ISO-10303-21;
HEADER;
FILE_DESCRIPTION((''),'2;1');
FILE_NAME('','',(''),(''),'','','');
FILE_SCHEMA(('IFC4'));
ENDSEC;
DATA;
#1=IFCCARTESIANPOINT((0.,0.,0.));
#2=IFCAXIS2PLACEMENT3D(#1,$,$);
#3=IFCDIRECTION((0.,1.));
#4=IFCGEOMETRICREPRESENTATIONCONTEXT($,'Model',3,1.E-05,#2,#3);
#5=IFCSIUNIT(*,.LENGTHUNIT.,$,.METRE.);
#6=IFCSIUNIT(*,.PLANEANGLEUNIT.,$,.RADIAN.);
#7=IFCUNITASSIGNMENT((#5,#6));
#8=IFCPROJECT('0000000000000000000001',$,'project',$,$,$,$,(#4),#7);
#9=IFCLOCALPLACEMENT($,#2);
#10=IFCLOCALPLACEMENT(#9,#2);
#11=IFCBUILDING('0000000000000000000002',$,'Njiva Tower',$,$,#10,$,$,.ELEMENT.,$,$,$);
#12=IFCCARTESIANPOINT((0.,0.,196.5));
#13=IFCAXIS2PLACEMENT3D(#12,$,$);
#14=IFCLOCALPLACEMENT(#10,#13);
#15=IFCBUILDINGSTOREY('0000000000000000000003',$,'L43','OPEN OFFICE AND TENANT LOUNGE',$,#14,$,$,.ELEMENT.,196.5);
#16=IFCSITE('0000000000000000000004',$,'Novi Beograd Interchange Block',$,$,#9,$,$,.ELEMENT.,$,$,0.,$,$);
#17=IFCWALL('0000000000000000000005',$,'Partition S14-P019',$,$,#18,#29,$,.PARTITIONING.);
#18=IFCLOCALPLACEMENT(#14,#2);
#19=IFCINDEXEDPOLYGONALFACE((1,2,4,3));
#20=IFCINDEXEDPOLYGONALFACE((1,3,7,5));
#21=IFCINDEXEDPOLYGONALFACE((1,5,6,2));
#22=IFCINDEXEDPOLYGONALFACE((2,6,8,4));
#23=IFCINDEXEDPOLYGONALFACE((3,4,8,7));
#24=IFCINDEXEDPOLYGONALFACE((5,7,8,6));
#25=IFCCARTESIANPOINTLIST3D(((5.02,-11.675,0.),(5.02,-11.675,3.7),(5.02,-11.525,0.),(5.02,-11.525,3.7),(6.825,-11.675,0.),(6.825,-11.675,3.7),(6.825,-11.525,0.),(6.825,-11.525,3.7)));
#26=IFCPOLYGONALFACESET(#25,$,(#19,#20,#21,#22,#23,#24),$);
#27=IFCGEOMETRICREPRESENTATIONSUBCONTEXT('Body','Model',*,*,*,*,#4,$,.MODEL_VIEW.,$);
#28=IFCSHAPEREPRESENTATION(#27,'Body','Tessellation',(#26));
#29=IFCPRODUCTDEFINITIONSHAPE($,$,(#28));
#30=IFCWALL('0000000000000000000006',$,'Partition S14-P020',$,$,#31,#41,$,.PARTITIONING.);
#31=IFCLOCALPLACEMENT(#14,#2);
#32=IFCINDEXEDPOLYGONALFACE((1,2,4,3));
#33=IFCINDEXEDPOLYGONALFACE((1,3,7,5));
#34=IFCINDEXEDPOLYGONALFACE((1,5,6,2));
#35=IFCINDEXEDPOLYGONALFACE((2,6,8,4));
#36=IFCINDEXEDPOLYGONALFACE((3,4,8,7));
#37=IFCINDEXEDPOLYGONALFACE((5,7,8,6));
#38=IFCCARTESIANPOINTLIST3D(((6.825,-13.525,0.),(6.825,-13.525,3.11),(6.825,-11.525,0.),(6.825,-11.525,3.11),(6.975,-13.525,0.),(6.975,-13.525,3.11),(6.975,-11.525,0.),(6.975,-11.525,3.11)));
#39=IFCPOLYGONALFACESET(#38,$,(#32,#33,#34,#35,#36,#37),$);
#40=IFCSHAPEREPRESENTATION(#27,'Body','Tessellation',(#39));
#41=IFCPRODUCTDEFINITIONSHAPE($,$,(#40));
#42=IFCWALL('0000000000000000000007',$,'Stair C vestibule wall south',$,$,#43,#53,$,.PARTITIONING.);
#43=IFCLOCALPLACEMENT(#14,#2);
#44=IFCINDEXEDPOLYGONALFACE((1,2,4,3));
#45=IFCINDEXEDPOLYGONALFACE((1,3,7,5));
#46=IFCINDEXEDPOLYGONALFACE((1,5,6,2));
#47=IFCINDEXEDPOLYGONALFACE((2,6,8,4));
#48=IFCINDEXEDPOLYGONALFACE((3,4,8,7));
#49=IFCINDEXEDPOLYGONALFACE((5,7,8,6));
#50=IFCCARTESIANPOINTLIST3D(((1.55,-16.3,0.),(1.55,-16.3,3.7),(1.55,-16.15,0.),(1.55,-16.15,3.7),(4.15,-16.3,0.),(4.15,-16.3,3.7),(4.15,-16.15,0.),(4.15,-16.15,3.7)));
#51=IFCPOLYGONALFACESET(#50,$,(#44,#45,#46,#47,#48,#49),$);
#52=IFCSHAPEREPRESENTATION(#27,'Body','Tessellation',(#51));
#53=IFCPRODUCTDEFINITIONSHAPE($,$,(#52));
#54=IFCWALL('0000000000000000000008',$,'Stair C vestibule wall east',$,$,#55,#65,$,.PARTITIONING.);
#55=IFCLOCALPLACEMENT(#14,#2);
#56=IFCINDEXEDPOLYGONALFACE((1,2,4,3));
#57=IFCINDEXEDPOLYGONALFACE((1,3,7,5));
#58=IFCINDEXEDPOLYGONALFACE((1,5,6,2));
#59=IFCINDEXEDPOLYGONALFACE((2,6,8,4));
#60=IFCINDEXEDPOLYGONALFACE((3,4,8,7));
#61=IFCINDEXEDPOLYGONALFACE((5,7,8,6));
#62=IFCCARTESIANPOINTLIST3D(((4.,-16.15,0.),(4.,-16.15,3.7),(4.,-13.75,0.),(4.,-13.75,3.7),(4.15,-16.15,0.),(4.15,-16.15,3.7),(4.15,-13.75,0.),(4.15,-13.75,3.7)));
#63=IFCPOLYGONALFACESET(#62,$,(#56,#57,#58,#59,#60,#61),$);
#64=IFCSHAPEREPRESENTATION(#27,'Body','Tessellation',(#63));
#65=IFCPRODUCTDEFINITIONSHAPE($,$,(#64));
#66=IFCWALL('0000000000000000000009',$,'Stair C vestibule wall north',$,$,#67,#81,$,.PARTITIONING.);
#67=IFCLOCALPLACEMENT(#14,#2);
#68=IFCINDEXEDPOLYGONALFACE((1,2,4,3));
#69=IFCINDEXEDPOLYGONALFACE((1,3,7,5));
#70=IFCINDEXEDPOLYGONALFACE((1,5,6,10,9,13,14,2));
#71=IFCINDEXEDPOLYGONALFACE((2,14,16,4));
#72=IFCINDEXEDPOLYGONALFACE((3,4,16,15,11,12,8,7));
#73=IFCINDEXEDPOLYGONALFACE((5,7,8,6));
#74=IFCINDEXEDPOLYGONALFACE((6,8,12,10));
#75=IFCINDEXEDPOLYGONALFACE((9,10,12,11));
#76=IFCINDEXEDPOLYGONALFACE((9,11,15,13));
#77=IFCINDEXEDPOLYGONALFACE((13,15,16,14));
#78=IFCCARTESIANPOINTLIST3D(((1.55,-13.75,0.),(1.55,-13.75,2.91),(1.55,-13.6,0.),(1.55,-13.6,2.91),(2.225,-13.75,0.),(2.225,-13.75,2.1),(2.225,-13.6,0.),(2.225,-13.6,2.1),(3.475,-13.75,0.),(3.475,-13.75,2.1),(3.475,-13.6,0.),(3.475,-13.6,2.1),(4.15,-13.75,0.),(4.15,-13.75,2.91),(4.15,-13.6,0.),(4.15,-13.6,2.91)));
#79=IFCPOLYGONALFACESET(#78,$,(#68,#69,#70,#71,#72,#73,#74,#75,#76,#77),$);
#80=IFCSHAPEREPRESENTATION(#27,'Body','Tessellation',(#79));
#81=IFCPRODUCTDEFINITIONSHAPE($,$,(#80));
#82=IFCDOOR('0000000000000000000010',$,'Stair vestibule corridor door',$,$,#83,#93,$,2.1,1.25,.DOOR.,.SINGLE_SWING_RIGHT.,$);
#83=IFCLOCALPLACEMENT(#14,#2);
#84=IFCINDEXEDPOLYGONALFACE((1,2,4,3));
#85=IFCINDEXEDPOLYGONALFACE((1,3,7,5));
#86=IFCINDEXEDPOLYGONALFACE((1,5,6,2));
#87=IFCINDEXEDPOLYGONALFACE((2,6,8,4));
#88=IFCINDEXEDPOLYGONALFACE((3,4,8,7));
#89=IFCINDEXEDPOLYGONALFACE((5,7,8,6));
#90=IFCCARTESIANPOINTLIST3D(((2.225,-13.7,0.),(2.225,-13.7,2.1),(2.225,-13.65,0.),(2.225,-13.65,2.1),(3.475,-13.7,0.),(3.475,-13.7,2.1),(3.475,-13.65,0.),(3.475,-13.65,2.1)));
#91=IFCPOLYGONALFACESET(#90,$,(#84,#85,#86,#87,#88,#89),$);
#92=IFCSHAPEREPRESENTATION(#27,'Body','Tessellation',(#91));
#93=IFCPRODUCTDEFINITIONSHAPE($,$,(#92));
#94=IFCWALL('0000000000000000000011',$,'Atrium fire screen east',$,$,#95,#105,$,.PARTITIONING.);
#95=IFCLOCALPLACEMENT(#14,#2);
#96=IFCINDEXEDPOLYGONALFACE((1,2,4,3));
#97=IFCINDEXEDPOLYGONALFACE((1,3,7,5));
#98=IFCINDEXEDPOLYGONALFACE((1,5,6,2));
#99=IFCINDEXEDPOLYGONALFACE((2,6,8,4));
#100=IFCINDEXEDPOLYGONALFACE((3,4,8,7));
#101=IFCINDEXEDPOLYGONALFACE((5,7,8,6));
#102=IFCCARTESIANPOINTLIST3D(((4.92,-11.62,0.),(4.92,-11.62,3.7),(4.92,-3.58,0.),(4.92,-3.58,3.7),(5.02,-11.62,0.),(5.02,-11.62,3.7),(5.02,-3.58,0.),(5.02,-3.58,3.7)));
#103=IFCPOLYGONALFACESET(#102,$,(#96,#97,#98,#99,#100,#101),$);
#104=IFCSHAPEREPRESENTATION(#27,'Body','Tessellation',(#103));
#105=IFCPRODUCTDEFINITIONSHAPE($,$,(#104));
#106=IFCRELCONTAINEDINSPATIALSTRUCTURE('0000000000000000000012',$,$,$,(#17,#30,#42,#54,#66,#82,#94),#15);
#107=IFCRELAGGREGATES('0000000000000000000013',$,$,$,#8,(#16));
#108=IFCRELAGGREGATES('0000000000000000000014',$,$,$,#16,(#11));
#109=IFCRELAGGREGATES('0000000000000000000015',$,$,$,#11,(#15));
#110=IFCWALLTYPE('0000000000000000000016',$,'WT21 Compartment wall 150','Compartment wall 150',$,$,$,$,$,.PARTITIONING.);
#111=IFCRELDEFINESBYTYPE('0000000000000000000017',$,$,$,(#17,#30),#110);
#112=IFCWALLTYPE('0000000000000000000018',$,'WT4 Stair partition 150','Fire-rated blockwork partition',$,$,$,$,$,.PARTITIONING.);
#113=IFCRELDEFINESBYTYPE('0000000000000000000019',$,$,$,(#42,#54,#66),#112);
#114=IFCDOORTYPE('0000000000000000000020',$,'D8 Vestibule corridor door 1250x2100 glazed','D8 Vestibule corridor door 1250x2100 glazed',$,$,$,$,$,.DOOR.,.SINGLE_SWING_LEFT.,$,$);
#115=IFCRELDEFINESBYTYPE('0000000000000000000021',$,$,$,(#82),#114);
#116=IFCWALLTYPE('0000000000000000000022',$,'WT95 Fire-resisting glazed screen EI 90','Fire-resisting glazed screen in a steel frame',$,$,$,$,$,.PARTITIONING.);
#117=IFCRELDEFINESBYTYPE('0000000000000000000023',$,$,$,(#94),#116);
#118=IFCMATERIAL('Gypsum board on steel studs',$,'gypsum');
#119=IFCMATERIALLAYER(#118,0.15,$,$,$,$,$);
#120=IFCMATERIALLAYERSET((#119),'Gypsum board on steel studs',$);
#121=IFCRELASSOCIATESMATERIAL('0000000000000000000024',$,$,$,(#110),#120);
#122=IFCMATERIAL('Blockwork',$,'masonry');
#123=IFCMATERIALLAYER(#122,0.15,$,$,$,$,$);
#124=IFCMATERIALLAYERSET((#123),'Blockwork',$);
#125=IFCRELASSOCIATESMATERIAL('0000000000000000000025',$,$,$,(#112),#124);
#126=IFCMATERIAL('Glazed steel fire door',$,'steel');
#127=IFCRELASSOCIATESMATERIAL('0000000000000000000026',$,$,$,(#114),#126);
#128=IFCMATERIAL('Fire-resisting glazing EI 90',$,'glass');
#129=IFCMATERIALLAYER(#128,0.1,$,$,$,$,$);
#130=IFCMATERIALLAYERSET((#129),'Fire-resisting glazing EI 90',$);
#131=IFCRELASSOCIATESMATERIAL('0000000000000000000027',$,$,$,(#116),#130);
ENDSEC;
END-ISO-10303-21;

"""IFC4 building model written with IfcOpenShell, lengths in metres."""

from ifc_helpers import new_model, si_unit, direction, frame, frame_2d, origin, place, context, subcontext, project, spatial, rectangle, extrude, material, layer, layer_set, type_object, element, fill, save


model = new_model("IFC4")

# Units and contexts
model_context = context("Model", 3, precision=1e-05, world=origin(), true_north=direction((0.0, 1.0)))
body_context = subcontext(model_context, "Body", "Model", "MODEL_VIEW")
ifc_project = project(units=[si_unit("LENGTHUNIT", "METRE"), si_unit("PLANEANGLEUNIT", "RADIAN")], contexts=[model_context])

# Site, building, storey
site_placement = place(None, origin())
site = spatial("IfcSite", under=ifc_project, at=site_placement, Name="Novi Beograd Interchange Block", CompositionType="ELEMENT", RefElevation=0.0)
building_placement = place(site_placement, origin())
building = spatial("IfcBuilding", under=site, at=building_placement, Name="Njiva Tower", CompositionType="ELEMENT")
storey_placement = place(building_placement, frame((0.0, 0.0, 196.5)))
storey = spatial("IfcBuildingStorey", under=building, at=storey_placement, Name="L43", Description="OPEN OFFICE AND TENANT LOUNGE", CompositionType="ELEMENT", Elevation=196.5)

# Walls
ifc_material_1 = material(Name="Gypsum board on steel studs", Category="gypsum")
ifc_layer_1 = layer(ifc_material_1, 0.15)
ifc_layer_set_1 = layer_set([ifc_layer_1], Name="Gypsum board on steel studs")
wall_type_1 = type_object("IfcWallType", Name="WT21 Compartment wall 150", Description="Compartment wall 150", PredefinedType="PARTITIONING", material=ifc_layer_set_1)
wall_1_placement = place(storey_placement, frame((5.02, -11.6, 0.0), z_axis=(0.0, 0.0, 1.0), x_axis=(1.0, 0.0, 0.0)))
element("IfcWall", 1, at=wall_1_placement, inside=storey, type_object=wall_type_1, Name="Partition S14-P019", PredefinedType="PARTITIONING", context=body_context, shape_type="SweptSolid", body=[
    extrude(rectangle(XDim=1.805, YDim=0.15, at=frame_2d((0.9025, 0.0))), origin(), (0.0, 0.0, 1.0), 3.7),
])
wall_2_placement = place(storey_placement, frame((6.9, -13.525, 0.0), z_axis=(0.0, 0.0, 1.0), x_axis=(0.0, 1.0, 0.0)))
element("IfcWall", 2, at=wall_2_placement, inside=storey, type_object=wall_type_1, Name="Partition S14-P020", PredefinedType="PARTITIONING", context=body_context, shape_type="SweptSolid", body=[
    extrude(rectangle(XDim=2.0, YDim=0.15, at=frame_2d((1.0, 0.0))), origin(), (0.0, 0.0, 1.0), 3.11),
])
ifc_material_2 = material(Name="Blockwork", Category="masonry")
ifc_layer_2 = layer(ifc_material_2, 0.15)
ifc_layer_set_2 = layer_set([ifc_layer_2], Name="Blockwork")
wall_type_2 = type_object("IfcWallType", Name="WT4 Stair partition 150", Description="Fire-rated blockwork partition", PredefinedType="PARTITIONING", material=ifc_layer_set_2)
wall_3_placement = place(storey_placement, frame((1.55, -16.225, 0.0), z_axis=(0.0, 0.0, 1.0), x_axis=(1.0, 0.0, 0.0)))
element("IfcWall", 3, at=wall_3_placement, inside=storey, type_object=wall_type_2, Name="Stair C vestibule wall south", PredefinedType="PARTITIONING", context=body_context, shape_type="SweptSolid", body=[
    extrude(rectangle(XDim=2.6, YDim=0.15, at=frame_2d((1.3, 0.0))), origin(), (0.0, 0.0, 1.0), 3.7),
])
wall_4_placement = place(storey_placement, frame((4.075, -16.15, 0.0), z_axis=(0.0, 0.0, 1.0), x_axis=(0.0, 1.0, 0.0)))
element("IfcWall", 4, at=wall_4_placement, inside=storey, type_object=wall_type_2, Name="Stair C vestibule wall east", PredefinedType="PARTITIONING", context=body_context, shape_type="SweptSolid", body=[
    extrude(rectangle(XDim=2.4, YDim=0.15, at=frame_2d((1.2, 0.0))), origin(), (0.0, 0.0, 1.0), 3.7),
])

# Wall, opening, door
wall_5_placement = place(storey_placement, frame((1.55, -13.675, 0.0), z_axis=(0.0, 0.0, 1.0), x_axis=(1.0, 0.0, 0.0)))
wall_5 = element("IfcWall", 5, at=wall_5_placement, inside=storey, type_object=wall_type_2, Name="Stair C vestibule wall north", PredefinedType="PARTITIONING", context=body_context, shape_type="SweptSolid", body=[
    extrude(rectangle(XDim=2.6, YDim=0.15, at=frame_2d((1.3, 0.0))), origin(), (0.0, 0.0, 1.0), 2.91),
])
opening_placement = place(wall_5_placement, frame((0.675, 0.0, 0.0)))
opening = element("IfcOpeningElement", 6, at=opening_placement, cuts=wall_5, PredefinedType="OPENING", context=body_context, shape_type="SweptSolid", body=[
    extrude(rectangle(XDim=1.25, YDim=2.1, at=frame_2d((0.625, 1.05))), frame((0.0, 0.085, 0.0), z_axis=(0.0, -1.0, 0.0), x_axis=(1.0, 0.0, 0.0)), (0.0, 0.0, 1.0), 0.17),
])
ifc_material_3 = material(Name="Glazed steel fire door", Category="steel")
door_type = type_object("IfcDoorType", Name="D8 Vestibule corridor door 1250x2100 glazed", Description="D8 Vestibule corridor door 1250x2100 glazed", OperationType="SINGLE_SWING_LEFT", PredefinedType="DOOR", material=ifc_material_3)
door_placement = place(opening_placement, origin())
door = element("IfcDoor", 7, at=door_placement, inside=storey, type_object=door_type, Name="Stair vestibule corridor door", OperationType="SINGLE_SWING_RIGHT", OverallHeight=2.1, OverallWidth=1.25, PredefinedType="DOOR", context=body_context, shape_type="SweptSolid", body=[
    extrude(rectangle(XDim=1.25, YDim=2.1, at=frame_2d((0.625, 1.05))), frame((0.0, 0.025, 0.0), z_axis=(0.0, -1.0, 0.0), x_axis=(1.0, 0.0, 0.0)), (0.0, 0.0, 1.0), 0.05),
])
fill(opening, door)

# Wall
ifc_material_4 = material(Name="Fire-resisting glazing EI 90", Category="glass")
ifc_layer_3 = layer(ifc_material_4, 0.1)
ifc_layer_set_3 = layer_set([ifc_layer_3], Name="Fire-resisting glazing EI 90")
wall_type_3 = type_object("IfcWallType", Name="WT95 Fire-resisting glazed screen EI 90", Description="Fire-resisting glazed screen in a steel frame", PredefinedType="PARTITIONING", material=ifc_layer_set_3)
wall_6_placement = place(storey_placement, frame((4.97, -11.62, 0.0), z_axis=(0.0, 0.0, 1.0), x_axis=(0.0, 1.0, 0.0)))
element("IfcWall", 8, at=wall_6_placement, inside=storey, type_object=wall_type_3, Name="Atrium fire screen east", PredefinedType="PARTITIONING", context=body_context, shape_type="SweptSolid", body=[
    extrude(rectangle(XDim=8.04, YDim=0.1, at=frame_2d((4.02, 0.0))), origin(), (0.0, 0.0, 1.0), 3.7),
])

save(model, "model.ifc")
